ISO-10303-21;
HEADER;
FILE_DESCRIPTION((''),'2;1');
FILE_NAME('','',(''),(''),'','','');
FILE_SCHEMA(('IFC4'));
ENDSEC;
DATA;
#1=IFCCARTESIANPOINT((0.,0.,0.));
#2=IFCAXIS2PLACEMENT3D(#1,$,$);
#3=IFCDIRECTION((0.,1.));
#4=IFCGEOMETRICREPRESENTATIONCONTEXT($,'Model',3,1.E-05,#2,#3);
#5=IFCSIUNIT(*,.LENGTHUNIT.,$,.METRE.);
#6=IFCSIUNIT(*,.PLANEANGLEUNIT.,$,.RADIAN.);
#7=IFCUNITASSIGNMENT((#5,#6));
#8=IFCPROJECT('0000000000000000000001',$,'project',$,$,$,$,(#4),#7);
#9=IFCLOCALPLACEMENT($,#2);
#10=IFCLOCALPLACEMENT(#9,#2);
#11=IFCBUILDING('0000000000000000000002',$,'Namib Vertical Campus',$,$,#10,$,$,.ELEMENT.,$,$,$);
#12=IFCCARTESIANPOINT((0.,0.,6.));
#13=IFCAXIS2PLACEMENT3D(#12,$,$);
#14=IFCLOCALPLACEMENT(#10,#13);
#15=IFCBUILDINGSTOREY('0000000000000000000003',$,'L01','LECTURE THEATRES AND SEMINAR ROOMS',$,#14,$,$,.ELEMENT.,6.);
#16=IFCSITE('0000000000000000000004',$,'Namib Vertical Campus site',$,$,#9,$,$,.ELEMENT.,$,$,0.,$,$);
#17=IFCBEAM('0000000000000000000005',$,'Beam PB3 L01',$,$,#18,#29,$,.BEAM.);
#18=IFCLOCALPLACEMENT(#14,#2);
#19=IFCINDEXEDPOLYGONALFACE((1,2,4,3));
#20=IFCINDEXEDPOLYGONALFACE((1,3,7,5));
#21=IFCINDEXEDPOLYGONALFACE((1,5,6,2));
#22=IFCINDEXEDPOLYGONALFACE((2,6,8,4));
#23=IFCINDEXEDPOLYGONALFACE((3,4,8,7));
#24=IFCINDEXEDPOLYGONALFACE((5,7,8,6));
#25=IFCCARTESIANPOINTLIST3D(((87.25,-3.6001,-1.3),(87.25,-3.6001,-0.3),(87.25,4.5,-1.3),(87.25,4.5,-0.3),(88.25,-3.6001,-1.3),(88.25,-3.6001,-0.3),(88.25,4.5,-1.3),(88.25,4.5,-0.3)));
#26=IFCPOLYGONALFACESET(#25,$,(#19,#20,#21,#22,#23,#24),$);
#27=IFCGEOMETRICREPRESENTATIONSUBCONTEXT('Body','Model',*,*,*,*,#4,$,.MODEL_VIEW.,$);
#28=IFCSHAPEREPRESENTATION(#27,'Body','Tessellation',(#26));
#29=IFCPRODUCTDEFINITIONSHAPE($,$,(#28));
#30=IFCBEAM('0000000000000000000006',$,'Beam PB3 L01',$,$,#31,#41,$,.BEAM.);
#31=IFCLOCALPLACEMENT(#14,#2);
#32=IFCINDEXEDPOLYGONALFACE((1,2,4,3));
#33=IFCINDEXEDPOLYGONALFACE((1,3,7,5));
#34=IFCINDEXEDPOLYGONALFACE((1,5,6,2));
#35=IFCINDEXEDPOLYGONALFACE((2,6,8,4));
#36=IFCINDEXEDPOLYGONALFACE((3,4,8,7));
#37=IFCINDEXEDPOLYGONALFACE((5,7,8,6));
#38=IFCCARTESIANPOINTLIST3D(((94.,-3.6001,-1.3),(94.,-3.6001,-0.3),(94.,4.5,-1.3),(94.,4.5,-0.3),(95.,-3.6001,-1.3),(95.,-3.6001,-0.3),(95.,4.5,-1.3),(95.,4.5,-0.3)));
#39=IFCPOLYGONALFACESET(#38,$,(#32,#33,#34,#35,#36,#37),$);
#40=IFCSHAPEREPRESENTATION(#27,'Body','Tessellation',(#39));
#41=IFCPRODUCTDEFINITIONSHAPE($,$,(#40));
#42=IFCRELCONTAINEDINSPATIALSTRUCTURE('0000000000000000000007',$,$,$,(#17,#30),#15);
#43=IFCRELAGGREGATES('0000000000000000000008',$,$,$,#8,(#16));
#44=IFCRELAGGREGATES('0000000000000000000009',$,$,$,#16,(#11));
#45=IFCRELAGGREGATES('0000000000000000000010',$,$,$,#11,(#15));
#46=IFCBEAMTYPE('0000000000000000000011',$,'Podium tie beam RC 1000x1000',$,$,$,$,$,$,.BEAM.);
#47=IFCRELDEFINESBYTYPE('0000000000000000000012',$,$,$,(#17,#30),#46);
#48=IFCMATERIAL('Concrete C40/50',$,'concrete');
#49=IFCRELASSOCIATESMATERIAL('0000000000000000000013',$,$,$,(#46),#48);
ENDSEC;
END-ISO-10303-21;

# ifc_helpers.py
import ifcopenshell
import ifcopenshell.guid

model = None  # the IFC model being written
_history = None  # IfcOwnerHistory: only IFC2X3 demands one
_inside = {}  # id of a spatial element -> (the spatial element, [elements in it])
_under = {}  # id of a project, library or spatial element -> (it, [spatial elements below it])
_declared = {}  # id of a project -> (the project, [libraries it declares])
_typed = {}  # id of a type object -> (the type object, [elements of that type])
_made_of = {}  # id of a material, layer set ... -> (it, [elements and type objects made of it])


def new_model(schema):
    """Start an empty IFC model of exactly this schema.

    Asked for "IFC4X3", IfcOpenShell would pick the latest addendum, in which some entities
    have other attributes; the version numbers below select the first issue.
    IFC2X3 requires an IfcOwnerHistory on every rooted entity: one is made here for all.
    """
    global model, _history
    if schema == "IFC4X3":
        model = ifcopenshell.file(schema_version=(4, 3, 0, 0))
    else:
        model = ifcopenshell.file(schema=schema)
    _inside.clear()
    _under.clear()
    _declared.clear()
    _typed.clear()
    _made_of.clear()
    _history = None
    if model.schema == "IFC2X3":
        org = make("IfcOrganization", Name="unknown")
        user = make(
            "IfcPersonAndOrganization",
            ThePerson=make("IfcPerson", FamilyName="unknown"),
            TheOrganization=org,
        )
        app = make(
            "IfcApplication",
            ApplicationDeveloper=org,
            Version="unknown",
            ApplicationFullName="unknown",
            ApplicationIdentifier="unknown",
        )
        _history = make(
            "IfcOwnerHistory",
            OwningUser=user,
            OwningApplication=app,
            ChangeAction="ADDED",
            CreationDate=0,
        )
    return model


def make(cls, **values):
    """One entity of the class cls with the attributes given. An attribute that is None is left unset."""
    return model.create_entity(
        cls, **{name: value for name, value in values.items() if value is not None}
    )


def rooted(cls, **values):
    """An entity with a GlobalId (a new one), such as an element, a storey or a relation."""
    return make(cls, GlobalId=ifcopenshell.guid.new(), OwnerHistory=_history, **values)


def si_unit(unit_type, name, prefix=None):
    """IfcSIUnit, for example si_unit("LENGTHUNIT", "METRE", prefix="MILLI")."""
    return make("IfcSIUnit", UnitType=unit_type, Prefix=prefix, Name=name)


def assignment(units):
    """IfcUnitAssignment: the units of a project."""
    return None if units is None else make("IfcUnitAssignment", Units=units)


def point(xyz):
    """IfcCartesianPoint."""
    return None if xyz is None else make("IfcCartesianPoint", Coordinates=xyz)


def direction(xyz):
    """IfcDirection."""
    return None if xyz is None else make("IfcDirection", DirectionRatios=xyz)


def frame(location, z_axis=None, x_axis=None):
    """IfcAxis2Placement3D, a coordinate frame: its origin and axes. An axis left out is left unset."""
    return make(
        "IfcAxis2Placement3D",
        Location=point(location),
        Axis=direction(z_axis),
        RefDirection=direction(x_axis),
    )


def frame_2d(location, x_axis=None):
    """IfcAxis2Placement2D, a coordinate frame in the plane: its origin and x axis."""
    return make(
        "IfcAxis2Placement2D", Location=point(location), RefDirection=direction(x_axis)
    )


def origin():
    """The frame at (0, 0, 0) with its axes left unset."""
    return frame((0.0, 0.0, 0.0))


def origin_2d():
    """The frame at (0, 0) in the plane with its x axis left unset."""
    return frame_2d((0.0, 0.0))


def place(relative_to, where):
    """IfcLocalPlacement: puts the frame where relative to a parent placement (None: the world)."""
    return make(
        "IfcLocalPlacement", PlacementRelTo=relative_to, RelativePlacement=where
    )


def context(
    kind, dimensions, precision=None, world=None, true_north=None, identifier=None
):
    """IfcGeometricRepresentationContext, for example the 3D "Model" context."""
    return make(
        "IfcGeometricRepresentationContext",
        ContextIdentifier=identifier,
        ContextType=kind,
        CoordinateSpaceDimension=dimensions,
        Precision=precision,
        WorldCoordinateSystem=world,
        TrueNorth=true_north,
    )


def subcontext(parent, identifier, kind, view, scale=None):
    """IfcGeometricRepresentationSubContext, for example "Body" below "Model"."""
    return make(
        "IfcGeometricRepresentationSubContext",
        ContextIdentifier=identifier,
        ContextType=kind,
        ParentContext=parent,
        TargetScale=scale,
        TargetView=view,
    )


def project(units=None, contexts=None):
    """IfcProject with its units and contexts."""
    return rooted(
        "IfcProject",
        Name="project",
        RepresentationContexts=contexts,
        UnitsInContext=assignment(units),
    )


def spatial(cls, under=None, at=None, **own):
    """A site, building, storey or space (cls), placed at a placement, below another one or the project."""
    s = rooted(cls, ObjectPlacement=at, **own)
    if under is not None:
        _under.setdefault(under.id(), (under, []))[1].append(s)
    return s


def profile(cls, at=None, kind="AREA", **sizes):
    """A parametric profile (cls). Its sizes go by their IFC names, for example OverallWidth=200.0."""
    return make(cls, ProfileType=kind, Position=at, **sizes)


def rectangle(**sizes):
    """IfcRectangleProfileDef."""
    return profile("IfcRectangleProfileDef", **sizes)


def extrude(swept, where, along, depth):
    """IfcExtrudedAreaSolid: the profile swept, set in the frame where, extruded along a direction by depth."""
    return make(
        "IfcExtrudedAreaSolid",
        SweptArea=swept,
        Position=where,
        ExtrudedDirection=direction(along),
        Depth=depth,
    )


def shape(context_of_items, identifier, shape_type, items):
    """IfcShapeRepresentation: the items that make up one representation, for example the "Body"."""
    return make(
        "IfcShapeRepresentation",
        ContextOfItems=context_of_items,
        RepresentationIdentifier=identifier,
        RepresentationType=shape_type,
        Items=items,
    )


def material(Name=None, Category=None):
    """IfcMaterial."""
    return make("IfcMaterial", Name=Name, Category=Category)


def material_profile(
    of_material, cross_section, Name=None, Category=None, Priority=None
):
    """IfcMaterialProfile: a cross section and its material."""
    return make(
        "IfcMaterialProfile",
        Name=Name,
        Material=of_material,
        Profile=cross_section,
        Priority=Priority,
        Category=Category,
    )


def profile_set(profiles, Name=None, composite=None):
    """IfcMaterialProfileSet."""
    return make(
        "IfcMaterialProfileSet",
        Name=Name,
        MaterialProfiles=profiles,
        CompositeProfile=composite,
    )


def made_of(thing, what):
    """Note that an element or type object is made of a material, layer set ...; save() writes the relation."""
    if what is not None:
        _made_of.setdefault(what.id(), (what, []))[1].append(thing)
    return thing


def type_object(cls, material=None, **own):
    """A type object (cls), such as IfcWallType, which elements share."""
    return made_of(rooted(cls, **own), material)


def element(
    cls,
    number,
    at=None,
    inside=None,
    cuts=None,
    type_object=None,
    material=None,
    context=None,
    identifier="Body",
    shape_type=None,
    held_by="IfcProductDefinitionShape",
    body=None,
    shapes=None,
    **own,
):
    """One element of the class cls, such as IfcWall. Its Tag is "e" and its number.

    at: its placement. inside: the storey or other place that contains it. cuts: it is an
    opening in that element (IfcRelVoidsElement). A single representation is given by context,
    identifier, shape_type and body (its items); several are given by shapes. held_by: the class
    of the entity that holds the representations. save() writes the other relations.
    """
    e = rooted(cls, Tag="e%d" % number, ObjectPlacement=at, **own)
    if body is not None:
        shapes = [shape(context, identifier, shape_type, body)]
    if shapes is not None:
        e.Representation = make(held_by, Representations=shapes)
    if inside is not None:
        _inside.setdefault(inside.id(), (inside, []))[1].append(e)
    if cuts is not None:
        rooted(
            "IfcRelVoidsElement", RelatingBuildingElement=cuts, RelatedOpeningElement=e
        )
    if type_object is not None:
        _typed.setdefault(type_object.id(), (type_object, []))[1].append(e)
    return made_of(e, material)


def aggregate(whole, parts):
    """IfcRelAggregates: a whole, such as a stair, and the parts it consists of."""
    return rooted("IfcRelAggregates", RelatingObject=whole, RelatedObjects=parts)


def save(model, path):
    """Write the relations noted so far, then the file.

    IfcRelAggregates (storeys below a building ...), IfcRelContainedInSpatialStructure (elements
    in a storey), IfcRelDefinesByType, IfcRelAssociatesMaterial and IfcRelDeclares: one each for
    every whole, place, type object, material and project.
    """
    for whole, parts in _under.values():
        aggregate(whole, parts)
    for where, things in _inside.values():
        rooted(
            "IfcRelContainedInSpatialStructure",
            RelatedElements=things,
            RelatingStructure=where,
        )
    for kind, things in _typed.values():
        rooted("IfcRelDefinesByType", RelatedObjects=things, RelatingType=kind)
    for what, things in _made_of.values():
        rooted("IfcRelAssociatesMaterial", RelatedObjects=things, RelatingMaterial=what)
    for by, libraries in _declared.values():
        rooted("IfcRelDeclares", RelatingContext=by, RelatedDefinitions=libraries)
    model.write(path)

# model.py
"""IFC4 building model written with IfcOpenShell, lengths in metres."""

from ifc_helpers import new_model, si_unit, direction, frame, origin, origin_2d, place, context, subcontext, project, spatial, rectangle, extrude, material, material_profile, profile_set, type_object, element, save


model = new_model("IFC4")

# Units and contexts
model_context = context("Model", 3, precision=1e-05, world=origin(), true_north=direction((0.0, 1.0)))
body_context = subcontext(model_context, "Body", "Model", "MODEL_VIEW")
ifc_project = project(units=[si_unit("LENGTHUNIT", "METRE"), si_unit("PLANEANGLEUNIT", "RADIAN")], contexts=[model_context])

# Site, building, storey
site_placement = place(None, origin())
site = spatial("IfcSite", under=ifc_project, at=site_placement, Name="Namib Vertical Campus site", CompositionType="ELEMENT", RefElevation=0.0)
building_placement = place(site_placement, origin())
building = spatial("IfcBuilding", under=site, at=building_placement, Name="Namib Vertical Campus", CompositionType="ELEMENT")
storey_placement = place(building_placement, frame((0.0, 0.0, 6.0)))
storey = spatial("IfcBuildingStorey", under=building, at=storey_placement, Name="L01", Description="LECTURE THEATRES AND SEMINAR ROOMS", CompositionType="ELEMENT", Elevation=6.0)

# Beams
ifc_material_1 = material(Name="Concrete C40/50", Category="concrete")
ifc_material_profile_1 = material_profile(ifc_material_1, rectangle(XDim=1.0, YDim=1.0, at=origin_2d()))
ifc_profile_set_1 = profile_set([ifc_material_profile_1], Name="Concrete C40/50")
beam_type_1 = type_object("IfcBeamType", Name="Podium tie beam RC 1000x1000", PredefinedType="BEAM", material=ifc_profile_set_1)
for number, where, z_axis, x_axis, name in (
    (1, (87.75, -3.6001, -0.8), (0.0, 1.0, 0.0), (-1.0, 0.0, 0.0), "Beam PB3 L01"),
    (2, (94.5, -3.6001, -0.8), (0.0, 1.0, 0.0), (-1.0, 0.0, 0.0), "Beam PB3 L01"),
):
    element("IfcBeam", number, at=place(storey_placement, frame(where, z_axis=z_axis, x_axis=x_axis)), inside=storey, type_object=beam_type_1, Name=name, PredefinedType="BEAM", context=body_context, shape_type="SweptSolid", body=[
        extrude(rectangle(XDim=1.0, YDim=1.0, at=origin_2d()), origin(), (0.0, 0.0, 1.0), 8.1001),
    ])

save(model, "model.ifc")
